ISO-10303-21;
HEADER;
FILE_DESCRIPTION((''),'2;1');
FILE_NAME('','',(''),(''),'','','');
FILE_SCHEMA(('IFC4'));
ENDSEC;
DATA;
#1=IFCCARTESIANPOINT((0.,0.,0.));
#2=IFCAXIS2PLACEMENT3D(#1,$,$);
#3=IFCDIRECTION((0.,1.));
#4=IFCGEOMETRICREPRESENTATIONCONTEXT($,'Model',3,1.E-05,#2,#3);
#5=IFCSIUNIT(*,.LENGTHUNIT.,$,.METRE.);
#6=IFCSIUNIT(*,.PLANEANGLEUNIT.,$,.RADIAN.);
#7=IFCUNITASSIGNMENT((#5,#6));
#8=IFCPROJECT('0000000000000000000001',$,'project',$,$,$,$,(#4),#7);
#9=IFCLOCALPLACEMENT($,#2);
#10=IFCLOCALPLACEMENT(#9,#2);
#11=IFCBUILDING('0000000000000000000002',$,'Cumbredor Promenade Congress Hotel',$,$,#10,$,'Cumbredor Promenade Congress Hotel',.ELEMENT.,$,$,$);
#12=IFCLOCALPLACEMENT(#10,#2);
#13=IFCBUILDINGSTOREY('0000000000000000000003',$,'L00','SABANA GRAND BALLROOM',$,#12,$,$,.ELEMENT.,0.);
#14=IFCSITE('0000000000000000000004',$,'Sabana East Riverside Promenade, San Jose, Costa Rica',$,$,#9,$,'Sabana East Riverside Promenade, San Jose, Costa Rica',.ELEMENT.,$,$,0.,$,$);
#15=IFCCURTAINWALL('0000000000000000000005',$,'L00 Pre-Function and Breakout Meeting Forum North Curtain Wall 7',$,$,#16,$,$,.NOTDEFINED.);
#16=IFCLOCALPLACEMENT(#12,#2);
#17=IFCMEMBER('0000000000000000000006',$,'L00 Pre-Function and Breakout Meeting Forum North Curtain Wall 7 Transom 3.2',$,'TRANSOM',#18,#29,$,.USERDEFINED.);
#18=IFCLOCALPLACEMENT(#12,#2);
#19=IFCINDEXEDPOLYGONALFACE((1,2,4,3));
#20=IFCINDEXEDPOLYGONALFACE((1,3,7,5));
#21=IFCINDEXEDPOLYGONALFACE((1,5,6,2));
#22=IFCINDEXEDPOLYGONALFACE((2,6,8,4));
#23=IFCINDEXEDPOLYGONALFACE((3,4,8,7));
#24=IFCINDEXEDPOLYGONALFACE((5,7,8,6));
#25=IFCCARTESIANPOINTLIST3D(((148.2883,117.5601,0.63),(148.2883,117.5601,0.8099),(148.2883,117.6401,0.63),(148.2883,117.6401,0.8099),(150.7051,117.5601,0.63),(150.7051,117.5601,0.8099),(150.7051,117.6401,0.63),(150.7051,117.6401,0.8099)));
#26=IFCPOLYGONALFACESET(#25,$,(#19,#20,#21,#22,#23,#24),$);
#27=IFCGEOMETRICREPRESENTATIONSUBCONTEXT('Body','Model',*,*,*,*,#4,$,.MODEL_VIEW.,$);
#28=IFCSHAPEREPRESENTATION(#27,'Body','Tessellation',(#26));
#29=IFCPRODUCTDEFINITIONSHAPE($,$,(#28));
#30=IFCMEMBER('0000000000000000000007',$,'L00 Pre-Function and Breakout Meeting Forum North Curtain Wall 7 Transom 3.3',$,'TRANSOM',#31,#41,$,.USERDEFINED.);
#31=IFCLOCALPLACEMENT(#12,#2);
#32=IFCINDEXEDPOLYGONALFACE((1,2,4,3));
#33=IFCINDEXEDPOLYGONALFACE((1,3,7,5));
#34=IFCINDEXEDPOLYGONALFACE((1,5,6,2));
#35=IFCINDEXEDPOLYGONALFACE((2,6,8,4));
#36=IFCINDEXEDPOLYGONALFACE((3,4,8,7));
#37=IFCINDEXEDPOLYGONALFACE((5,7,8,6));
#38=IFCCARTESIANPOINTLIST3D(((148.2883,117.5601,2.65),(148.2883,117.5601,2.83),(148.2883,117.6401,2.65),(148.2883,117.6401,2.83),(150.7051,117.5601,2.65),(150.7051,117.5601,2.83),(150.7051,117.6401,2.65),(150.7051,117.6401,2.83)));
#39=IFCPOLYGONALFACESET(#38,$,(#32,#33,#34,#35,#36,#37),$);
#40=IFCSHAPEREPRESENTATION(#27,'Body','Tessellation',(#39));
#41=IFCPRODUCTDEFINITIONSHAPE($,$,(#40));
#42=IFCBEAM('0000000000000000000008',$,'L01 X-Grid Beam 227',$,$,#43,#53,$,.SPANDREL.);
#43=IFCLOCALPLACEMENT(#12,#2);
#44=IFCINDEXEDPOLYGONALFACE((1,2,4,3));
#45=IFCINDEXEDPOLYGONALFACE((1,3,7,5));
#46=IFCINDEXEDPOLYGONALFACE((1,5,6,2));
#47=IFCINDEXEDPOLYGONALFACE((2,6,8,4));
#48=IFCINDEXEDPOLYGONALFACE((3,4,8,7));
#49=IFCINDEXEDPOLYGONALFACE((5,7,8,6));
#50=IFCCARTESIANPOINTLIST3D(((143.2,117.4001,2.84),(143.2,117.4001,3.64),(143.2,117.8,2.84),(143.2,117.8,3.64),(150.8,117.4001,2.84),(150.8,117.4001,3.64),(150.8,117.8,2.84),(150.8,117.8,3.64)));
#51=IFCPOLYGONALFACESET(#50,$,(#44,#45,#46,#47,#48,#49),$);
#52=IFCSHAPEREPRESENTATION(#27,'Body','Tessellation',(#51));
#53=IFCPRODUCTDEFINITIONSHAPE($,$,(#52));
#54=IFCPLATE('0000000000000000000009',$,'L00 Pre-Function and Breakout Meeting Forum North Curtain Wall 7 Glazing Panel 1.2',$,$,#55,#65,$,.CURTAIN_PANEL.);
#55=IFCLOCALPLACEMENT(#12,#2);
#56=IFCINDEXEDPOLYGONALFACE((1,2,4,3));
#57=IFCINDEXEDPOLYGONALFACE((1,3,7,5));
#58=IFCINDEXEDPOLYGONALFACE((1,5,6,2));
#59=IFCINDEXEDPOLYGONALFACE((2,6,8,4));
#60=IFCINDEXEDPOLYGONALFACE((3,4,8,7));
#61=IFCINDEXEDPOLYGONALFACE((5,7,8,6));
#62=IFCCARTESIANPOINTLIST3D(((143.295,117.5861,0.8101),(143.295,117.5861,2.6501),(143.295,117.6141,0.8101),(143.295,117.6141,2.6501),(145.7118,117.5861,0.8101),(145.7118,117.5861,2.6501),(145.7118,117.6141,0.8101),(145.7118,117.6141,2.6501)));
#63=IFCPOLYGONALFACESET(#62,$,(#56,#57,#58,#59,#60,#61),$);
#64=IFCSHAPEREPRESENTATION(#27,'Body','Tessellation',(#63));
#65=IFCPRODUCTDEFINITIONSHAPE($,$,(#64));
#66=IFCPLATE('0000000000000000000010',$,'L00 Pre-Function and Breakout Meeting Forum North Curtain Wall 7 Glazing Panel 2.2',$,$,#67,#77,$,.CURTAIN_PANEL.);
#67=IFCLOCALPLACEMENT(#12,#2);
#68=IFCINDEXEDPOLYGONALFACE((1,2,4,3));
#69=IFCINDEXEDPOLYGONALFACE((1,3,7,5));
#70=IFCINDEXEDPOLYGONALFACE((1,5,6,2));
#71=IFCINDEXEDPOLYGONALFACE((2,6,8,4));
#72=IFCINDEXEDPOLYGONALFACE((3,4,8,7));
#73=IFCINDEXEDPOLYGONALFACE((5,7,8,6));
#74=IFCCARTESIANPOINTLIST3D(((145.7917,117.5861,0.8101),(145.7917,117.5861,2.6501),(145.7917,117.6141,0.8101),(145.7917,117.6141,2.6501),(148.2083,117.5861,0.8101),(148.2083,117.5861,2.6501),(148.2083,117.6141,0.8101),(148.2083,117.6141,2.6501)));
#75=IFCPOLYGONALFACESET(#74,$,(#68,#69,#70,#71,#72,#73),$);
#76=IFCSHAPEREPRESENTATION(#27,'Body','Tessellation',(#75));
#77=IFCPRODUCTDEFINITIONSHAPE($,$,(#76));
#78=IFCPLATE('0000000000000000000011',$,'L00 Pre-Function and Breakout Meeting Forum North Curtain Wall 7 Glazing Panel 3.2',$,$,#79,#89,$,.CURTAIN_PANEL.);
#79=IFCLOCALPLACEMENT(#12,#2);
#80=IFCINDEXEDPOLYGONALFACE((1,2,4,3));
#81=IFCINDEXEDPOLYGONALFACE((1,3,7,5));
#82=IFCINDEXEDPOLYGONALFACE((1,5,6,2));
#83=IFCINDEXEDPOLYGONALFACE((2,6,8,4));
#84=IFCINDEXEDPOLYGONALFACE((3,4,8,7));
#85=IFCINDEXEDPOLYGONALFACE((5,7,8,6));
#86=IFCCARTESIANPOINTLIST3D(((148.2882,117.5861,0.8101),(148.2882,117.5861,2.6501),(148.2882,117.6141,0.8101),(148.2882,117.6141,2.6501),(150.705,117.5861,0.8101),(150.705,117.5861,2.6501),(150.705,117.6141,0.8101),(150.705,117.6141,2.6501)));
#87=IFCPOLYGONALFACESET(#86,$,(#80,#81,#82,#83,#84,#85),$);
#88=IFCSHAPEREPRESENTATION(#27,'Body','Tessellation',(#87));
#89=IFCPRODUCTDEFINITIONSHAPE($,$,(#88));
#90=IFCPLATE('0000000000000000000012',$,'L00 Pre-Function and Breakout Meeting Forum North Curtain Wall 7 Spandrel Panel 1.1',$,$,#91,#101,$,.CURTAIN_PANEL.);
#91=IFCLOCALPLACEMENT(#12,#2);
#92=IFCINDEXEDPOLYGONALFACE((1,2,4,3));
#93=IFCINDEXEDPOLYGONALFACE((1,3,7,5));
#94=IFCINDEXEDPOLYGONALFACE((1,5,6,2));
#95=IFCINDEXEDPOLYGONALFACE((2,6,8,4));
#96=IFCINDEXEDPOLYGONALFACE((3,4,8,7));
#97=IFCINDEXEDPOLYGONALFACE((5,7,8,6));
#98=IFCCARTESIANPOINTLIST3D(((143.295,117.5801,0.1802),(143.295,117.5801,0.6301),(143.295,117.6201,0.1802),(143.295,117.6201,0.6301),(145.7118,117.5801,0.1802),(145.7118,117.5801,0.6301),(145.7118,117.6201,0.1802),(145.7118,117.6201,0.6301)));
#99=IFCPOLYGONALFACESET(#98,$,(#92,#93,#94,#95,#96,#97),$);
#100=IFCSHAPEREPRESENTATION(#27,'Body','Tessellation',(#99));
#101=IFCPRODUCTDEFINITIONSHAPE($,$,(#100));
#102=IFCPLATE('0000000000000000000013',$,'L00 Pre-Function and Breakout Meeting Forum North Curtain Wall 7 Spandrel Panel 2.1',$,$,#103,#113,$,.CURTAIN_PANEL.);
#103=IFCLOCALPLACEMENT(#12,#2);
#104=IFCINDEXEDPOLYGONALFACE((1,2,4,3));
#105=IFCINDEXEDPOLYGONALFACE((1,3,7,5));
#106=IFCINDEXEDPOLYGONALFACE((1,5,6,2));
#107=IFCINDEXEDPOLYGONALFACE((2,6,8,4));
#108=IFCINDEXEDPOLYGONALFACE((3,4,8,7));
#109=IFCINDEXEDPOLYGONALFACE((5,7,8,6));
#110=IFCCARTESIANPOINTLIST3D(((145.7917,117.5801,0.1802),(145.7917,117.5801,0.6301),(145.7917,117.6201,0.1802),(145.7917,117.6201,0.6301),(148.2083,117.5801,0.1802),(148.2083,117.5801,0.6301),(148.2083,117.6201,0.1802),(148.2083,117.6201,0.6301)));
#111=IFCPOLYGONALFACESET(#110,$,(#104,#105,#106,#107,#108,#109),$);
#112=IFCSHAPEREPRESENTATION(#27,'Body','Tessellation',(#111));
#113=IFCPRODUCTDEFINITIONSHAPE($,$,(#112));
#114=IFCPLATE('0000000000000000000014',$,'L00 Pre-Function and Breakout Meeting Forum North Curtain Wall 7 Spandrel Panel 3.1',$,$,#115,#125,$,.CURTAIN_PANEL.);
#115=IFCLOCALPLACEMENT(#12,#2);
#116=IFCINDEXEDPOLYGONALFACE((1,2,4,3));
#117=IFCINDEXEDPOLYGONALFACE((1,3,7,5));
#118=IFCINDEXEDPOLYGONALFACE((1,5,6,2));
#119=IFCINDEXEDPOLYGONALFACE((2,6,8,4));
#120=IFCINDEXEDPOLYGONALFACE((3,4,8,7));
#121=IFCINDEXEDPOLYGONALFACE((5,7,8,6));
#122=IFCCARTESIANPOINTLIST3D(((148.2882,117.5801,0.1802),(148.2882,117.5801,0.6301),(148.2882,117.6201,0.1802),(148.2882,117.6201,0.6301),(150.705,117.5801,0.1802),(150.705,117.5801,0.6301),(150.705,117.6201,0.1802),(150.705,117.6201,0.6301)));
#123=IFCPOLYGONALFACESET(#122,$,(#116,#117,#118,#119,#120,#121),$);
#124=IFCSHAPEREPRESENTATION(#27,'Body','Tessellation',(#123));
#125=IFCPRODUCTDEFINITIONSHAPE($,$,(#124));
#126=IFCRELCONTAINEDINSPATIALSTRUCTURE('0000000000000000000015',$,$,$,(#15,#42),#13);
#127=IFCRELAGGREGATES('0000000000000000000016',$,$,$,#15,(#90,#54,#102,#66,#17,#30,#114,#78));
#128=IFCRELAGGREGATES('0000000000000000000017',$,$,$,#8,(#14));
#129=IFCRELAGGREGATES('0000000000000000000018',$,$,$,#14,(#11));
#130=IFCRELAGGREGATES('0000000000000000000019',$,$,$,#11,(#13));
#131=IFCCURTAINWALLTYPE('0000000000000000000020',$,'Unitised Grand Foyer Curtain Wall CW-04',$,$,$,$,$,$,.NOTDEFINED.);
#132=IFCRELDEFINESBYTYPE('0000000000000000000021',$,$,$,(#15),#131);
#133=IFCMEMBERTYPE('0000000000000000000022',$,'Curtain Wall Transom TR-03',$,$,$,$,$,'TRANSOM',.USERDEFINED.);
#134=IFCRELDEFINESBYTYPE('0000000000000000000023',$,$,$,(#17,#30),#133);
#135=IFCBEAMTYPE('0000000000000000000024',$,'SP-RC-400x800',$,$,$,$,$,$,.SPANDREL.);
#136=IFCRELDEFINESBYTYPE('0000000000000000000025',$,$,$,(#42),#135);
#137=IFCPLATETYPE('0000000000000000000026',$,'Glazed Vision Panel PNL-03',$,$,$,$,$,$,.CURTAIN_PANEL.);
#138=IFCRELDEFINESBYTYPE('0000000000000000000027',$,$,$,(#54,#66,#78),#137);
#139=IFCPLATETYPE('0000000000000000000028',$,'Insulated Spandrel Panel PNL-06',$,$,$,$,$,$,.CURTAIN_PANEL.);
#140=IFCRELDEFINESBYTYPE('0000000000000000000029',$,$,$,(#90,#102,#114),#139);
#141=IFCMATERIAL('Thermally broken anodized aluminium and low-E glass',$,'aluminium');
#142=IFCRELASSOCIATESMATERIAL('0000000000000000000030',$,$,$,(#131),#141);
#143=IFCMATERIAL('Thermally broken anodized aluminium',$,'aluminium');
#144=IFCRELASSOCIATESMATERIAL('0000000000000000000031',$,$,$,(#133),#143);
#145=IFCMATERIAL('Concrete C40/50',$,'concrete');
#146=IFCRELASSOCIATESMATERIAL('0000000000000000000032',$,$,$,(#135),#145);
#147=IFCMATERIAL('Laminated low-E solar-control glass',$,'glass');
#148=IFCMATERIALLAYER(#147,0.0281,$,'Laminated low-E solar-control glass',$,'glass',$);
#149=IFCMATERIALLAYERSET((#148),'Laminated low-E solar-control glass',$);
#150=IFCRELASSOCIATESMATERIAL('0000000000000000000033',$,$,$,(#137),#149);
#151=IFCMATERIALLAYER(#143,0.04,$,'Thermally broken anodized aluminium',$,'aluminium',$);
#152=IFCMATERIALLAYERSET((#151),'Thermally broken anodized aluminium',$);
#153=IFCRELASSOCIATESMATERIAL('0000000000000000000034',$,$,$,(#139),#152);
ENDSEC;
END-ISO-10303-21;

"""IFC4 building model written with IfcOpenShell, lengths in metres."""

from ifc_helpers import new_model, si_unit, direction, frame, origin, origin_2d, place, context, subcontext, project, spatial, rectangle, extrude, material, layer, layer_set, material_profile, profile_set, type_object, element, aggregate, save


model = new_model("IFC4")

# Units and contexts
model_context = context("Model", 3, precision=1e-05, world=origin(), true_north=direction((0.0, 1.0)))
body_context = subcontext(model_context, "Body", "Model", "MODEL_VIEW")
ifc_project = project(units=[si_unit("LENGTHUNIT", "METRE"), si_unit("PLANEANGLEUNIT", "RADIAN")], contexts=[model_context])

# Site, building, storey
site_placement = place(None, origin())
site = spatial("IfcSite", under=ifc_project, at=site_placement, Name="Sabana East Riverside Promenade, San Jose, Costa Rica", LongName="Sabana East Riverside Promenade, San Jose, Costa Rica", CompositionType="ELEMENT", RefElevation=0.0)
building_placement = place(site_placement, origin())
building = spatial("IfcBuilding", under=site, at=building_placement, Name="Cumbredor Promenade Congress Hotel", LongName="Cumbredor Promenade Congress Hotel", CompositionType="ELEMENT")
storey_placement = place(building_placement, origin())
storey = spatial("IfcBuildingStorey", under=building, at=storey_placement, Name="L00", Description="SABANA GRAND BALLROOM", CompositionType="ELEMENT", Elevation=0.0)

# Shared definitions
ifc_material_1 = material(Name="Thermally broken anodized aluminium and low-E glass", Category="aluminium")
curtain_wall_type = type_object("IfcCurtainWallType", Name="Unitised Grand Foyer Curtain Wall CW-04", PredefinedType="NOTDEFINED", material=ifc_material_1)
ifc_material_2 = material(Name="Thermally broken anodized aluminium", Category="aluminium")

# Curtain wall, members
curtain_wall_1_placement = place(storey_placement, origin())
curtain_wall_1 = element("IfcCurtainWall", 1, at=curtain_wall_1_placement, inside=storey, type_object=curtain_wall_type, Name="L00 Pre-Function and Breakout Meeting Forum North Curtain Wall 7", PredefinedType="NOTDEFINED")
ifc_material_profile_1 = material_profile(ifc_material_2, rectangle(XDim=0.0801, YDim=0.1799, at=origin_2d()), Name="ALU TRANSOM 80x180")
ifc_profile_set_1 = profile_set([ifc_material_profile_1], Name="Thermally broken anodized aluminium")
member_type_1 = type_object("IfcMemberType", Name="Curtain Wall Transom TR-03", ElementType="TRANSOM", PredefinedType="USERDEFINED", material=ifc_profile_set_1)
member_1_placement = place(storey_placement, frame((148.2883, 117.6001, 0.72), z_axis=(1.0, 0.0, 0.0), x_axis=(0.0, 1.0, 0.0)))
member_1 = element("IfcMember", 2, at=member_1_placement, type_object=member_type_1, Name="L00 Pre-Function and Breakout Meeting Forum North Curtain Wall 7 Transom 3.2", ObjectType="TRANSOM", PredefinedType="USERDEFINED", context=body_context, shape_type="SweptSolid", body=[
    extrude(rectangle(XDim=0.0801, YDim=0.1799, at=origin_2d()), origin(), (0.0, 0.0, 1.0), 2.4167),
])
member_2_placement = place(storey_placement, frame((148.2883, 117.6001, 2.74), z_axis=(1.0, 0.0, 0.0), x_axis=(0.0, 1.0, 0.0)))
member_2 = element("IfcMember", 3, at=member_2_placement, type_object=member_type_1, Name="L00 Pre-Function and Breakout Meeting Forum North Curtain Wall 7 Transom 3.3", ObjectType="TRANSOM", PredefinedType="USERDEFINED", context=body_context, shape_type="SweptSolid", body=[
    extrude(rectangle(XDim=0.0801, YDim=0.1799, at=origin_2d()), origin(), (0.0, 0.0, 1.0), 2.4167),
])

# Beam
ifc_material_3 = material(Name="Concrete C40/50", Category="concrete")
ifc_material_profile_2 = material_profile(ifc_material_3, rectangle(XDim=0.3999, YDim=0.8, at=origin_2d()), Name="RC SPANDREL 400x800")
ifc_profile_set_2 = profile_set([ifc_material_profile_2], Name="Concrete C40/50")
beam_type = type_object("IfcBeamType", Name="SP-RC-400x800", PredefinedType="SPANDREL", material=ifc_profile_set_2)
beam_placement = place(storey_placement, frame((143.2, 117.6001, 3.24), z_axis=(1.0, 0.0, 0.0), x_axis=(0.0, 1.0, 0.0)))
element("IfcBeam", 4, at=beam_placement, inside=storey, type_object=beam_type, Name="L01 X-Grid Beam 227", PredefinedType="SPANDREL", context=body_context, shape_type="SweptSolid", body=[
    extrude(rectangle(XDim=0.3999, YDim=0.8, at=origin_2d()), origin(), (0.0, 0.0, 1.0), 7.6001),
])

# Plates
ifc_material_4 = material(Name="Laminated low-E solar-control glass", Category="glass")
ifc_layer_1 = layer(ifc_material_4, 0.0281, Name="Laminated low-E solar-control glass", Category="glass")
ifc_layer_set_1 = layer_set([ifc_layer_1], Name="Laminated low-E solar-control glass")
plate_type_1 = type_object("IfcPlateType", Name="Glazed Vision Panel PNL-03", PredefinedType="CURTAIN_PANEL", material=ifc_layer_set_1)
plate_1_placement = place(storey_placement, frame((144.5034, 117.6001, 0.8101), z_axis=(0.0, 0.0, 1.0), x_axis=(1.0, 0.0, 0.0)))
plate_1 = element("IfcPlate", 5, at=plate_1_placement, type_object=plate_type_1, Name="L00 Pre-Function and Breakout Meeting Forum North Curtain Wall 7 Glazing Panel 1.2", PredefinedType="CURTAIN_PANEL", context=body_context, shape_type="SweptSolid", body=[
    extrude(rectangle(XDim=2.4167, YDim=0.0281, at=origin_2d()), origin(), (0.0, 0.0, 1.0), 1.8401),
])
plate_2_placement = place(storey_placement, frame((147.0, 117.6001, 0.8101), z_axis=(0.0, 0.0, 1.0), x_axis=(1.0, 0.0, 0.0)))
plate_2 = element("IfcPlate", 6, at=plate_2_placement, type_object=plate_type_1, Name="L00 Pre-Function and Breakout Meeting Forum North Curtain Wall 7 Glazing Panel 2.2", PredefinedType="CURTAIN_PANEL", context=body_context, shape_type="SweptSolid", body=[
    extrude(rectangle(XDim=2.4165, YDim=0.0281, at=origin_2d()), origin(), (0.0, 0.0, 1.0), 1.8401),
])
plate_3_placement = place(storey_placement, frame((149.4966, 117.6001, 0.8101), z_axis=(0.0, 0.0, 1.0), x_axis=(1.0, 0.0, 0.0)))
plate_3 = element("IfcPlate", 7, at=plate_3_placement, type_object=plate_type_1, Name="L00 Pre-Function and Breakout Meeting Forum North Curtain Wall 7 Glazing Panel 3.2", PredefinedType="CURTAIN_PANEL", context=body_context, shape_type="SweptSolid", body=[
    extrude(rectangle(XDim=2.4167, YDim=0.0281, at=origin_2d()), origin(), (0.0, 0.0, 1.0), 1.8401),
])
ifc_layer_2 = layer(ifc_material_2, 0.04, Name="Thermally broken anodized aluminium", Category="aluminium")
ifc_layer_set_2 = layer_set([ifc_layer_2], Name="Thermally broken anodized aluminium")
plate_type_2 = type_object("IfcPlateType", Name="Insulated Spandrel Panel PNL-06", PredefinedType="CURTAIN_PANEL", material=ifc_layer_set_2)
plate_4_placement = place(storey_placement, frame((144.5034, 117.6001, 0.1802), z_axis=(0.0, 0.0, 1.0), x_axis=(1.0, 0.0, 0.0)))
plate_4 = element("IfcPlate", 8, at=plate_4_placement, type_object=plate_type_2, Name="L00 Pre-Function and Breakout Meeting Forum North Curtain Wall 7 Spandrel Panel 1.1", PredefinedType="CURTAIN_PANEL", context=body_context, shape_type="SweptSolid", body=[
    extrude(rectangle(XDim=2.4167, YDim=0.04, at=origin_2d()), origin(), (0.0, 0.0, 1.0), 0.45),
])
plate_5_placement = place(storey_placement, frame((147.0, 117.6001, 0.1802), z_axis=(0.0, 0.0, 1.0), x_axis=(1.0, 0.0, 0.0)))
plate_5 = element("IfcPlate", 9, at=plate_5_placement, type_object=plate_type_2, Name="L00 Pre-Function and Breakout Meeting Forum North Curtain Wall 7 Spandrel Panel 2.1", PredefinedType="CURTAIN_PANEL", context=body_context, shape_type="SweptSolid", body=[
    extrude(rectangle(XDim=2.4165, YDim=0.04, at=origin_2d()), origin(), (0.0, 0.0, 1.0), 0.45),
])
plate_6_placement = place(storey_placement, frame((149.4966, 117.6001, 0.1802), z_axis=(0.0, 0.0, 1.0), x_axis=(1.0, 0.0, 0.0)))
plate_6 = element("IfcPlate", 10, at=plate_6_placement, type_object=plate_type_2, Name="L00 Pre-Function and Breakout Meeting Forum North Curtain Wall 7 Spandrel Panel 3.1", PredefinedType="CURTAIN_PANEL", context=body_context, shape_type="SweptSolid", body=[
    extrude(rectangle(XDim=2.4167, YDim=0.04, at=origin_2d()), origin(), (0.0, 0.0, 1.0), 0.45),
])
aggregate(curtain_wall_1, [plate_4, plate_1, plate_5, plate_2, member_1, member_2, plate_6, plate_3])

save(model, "model.ifc")
